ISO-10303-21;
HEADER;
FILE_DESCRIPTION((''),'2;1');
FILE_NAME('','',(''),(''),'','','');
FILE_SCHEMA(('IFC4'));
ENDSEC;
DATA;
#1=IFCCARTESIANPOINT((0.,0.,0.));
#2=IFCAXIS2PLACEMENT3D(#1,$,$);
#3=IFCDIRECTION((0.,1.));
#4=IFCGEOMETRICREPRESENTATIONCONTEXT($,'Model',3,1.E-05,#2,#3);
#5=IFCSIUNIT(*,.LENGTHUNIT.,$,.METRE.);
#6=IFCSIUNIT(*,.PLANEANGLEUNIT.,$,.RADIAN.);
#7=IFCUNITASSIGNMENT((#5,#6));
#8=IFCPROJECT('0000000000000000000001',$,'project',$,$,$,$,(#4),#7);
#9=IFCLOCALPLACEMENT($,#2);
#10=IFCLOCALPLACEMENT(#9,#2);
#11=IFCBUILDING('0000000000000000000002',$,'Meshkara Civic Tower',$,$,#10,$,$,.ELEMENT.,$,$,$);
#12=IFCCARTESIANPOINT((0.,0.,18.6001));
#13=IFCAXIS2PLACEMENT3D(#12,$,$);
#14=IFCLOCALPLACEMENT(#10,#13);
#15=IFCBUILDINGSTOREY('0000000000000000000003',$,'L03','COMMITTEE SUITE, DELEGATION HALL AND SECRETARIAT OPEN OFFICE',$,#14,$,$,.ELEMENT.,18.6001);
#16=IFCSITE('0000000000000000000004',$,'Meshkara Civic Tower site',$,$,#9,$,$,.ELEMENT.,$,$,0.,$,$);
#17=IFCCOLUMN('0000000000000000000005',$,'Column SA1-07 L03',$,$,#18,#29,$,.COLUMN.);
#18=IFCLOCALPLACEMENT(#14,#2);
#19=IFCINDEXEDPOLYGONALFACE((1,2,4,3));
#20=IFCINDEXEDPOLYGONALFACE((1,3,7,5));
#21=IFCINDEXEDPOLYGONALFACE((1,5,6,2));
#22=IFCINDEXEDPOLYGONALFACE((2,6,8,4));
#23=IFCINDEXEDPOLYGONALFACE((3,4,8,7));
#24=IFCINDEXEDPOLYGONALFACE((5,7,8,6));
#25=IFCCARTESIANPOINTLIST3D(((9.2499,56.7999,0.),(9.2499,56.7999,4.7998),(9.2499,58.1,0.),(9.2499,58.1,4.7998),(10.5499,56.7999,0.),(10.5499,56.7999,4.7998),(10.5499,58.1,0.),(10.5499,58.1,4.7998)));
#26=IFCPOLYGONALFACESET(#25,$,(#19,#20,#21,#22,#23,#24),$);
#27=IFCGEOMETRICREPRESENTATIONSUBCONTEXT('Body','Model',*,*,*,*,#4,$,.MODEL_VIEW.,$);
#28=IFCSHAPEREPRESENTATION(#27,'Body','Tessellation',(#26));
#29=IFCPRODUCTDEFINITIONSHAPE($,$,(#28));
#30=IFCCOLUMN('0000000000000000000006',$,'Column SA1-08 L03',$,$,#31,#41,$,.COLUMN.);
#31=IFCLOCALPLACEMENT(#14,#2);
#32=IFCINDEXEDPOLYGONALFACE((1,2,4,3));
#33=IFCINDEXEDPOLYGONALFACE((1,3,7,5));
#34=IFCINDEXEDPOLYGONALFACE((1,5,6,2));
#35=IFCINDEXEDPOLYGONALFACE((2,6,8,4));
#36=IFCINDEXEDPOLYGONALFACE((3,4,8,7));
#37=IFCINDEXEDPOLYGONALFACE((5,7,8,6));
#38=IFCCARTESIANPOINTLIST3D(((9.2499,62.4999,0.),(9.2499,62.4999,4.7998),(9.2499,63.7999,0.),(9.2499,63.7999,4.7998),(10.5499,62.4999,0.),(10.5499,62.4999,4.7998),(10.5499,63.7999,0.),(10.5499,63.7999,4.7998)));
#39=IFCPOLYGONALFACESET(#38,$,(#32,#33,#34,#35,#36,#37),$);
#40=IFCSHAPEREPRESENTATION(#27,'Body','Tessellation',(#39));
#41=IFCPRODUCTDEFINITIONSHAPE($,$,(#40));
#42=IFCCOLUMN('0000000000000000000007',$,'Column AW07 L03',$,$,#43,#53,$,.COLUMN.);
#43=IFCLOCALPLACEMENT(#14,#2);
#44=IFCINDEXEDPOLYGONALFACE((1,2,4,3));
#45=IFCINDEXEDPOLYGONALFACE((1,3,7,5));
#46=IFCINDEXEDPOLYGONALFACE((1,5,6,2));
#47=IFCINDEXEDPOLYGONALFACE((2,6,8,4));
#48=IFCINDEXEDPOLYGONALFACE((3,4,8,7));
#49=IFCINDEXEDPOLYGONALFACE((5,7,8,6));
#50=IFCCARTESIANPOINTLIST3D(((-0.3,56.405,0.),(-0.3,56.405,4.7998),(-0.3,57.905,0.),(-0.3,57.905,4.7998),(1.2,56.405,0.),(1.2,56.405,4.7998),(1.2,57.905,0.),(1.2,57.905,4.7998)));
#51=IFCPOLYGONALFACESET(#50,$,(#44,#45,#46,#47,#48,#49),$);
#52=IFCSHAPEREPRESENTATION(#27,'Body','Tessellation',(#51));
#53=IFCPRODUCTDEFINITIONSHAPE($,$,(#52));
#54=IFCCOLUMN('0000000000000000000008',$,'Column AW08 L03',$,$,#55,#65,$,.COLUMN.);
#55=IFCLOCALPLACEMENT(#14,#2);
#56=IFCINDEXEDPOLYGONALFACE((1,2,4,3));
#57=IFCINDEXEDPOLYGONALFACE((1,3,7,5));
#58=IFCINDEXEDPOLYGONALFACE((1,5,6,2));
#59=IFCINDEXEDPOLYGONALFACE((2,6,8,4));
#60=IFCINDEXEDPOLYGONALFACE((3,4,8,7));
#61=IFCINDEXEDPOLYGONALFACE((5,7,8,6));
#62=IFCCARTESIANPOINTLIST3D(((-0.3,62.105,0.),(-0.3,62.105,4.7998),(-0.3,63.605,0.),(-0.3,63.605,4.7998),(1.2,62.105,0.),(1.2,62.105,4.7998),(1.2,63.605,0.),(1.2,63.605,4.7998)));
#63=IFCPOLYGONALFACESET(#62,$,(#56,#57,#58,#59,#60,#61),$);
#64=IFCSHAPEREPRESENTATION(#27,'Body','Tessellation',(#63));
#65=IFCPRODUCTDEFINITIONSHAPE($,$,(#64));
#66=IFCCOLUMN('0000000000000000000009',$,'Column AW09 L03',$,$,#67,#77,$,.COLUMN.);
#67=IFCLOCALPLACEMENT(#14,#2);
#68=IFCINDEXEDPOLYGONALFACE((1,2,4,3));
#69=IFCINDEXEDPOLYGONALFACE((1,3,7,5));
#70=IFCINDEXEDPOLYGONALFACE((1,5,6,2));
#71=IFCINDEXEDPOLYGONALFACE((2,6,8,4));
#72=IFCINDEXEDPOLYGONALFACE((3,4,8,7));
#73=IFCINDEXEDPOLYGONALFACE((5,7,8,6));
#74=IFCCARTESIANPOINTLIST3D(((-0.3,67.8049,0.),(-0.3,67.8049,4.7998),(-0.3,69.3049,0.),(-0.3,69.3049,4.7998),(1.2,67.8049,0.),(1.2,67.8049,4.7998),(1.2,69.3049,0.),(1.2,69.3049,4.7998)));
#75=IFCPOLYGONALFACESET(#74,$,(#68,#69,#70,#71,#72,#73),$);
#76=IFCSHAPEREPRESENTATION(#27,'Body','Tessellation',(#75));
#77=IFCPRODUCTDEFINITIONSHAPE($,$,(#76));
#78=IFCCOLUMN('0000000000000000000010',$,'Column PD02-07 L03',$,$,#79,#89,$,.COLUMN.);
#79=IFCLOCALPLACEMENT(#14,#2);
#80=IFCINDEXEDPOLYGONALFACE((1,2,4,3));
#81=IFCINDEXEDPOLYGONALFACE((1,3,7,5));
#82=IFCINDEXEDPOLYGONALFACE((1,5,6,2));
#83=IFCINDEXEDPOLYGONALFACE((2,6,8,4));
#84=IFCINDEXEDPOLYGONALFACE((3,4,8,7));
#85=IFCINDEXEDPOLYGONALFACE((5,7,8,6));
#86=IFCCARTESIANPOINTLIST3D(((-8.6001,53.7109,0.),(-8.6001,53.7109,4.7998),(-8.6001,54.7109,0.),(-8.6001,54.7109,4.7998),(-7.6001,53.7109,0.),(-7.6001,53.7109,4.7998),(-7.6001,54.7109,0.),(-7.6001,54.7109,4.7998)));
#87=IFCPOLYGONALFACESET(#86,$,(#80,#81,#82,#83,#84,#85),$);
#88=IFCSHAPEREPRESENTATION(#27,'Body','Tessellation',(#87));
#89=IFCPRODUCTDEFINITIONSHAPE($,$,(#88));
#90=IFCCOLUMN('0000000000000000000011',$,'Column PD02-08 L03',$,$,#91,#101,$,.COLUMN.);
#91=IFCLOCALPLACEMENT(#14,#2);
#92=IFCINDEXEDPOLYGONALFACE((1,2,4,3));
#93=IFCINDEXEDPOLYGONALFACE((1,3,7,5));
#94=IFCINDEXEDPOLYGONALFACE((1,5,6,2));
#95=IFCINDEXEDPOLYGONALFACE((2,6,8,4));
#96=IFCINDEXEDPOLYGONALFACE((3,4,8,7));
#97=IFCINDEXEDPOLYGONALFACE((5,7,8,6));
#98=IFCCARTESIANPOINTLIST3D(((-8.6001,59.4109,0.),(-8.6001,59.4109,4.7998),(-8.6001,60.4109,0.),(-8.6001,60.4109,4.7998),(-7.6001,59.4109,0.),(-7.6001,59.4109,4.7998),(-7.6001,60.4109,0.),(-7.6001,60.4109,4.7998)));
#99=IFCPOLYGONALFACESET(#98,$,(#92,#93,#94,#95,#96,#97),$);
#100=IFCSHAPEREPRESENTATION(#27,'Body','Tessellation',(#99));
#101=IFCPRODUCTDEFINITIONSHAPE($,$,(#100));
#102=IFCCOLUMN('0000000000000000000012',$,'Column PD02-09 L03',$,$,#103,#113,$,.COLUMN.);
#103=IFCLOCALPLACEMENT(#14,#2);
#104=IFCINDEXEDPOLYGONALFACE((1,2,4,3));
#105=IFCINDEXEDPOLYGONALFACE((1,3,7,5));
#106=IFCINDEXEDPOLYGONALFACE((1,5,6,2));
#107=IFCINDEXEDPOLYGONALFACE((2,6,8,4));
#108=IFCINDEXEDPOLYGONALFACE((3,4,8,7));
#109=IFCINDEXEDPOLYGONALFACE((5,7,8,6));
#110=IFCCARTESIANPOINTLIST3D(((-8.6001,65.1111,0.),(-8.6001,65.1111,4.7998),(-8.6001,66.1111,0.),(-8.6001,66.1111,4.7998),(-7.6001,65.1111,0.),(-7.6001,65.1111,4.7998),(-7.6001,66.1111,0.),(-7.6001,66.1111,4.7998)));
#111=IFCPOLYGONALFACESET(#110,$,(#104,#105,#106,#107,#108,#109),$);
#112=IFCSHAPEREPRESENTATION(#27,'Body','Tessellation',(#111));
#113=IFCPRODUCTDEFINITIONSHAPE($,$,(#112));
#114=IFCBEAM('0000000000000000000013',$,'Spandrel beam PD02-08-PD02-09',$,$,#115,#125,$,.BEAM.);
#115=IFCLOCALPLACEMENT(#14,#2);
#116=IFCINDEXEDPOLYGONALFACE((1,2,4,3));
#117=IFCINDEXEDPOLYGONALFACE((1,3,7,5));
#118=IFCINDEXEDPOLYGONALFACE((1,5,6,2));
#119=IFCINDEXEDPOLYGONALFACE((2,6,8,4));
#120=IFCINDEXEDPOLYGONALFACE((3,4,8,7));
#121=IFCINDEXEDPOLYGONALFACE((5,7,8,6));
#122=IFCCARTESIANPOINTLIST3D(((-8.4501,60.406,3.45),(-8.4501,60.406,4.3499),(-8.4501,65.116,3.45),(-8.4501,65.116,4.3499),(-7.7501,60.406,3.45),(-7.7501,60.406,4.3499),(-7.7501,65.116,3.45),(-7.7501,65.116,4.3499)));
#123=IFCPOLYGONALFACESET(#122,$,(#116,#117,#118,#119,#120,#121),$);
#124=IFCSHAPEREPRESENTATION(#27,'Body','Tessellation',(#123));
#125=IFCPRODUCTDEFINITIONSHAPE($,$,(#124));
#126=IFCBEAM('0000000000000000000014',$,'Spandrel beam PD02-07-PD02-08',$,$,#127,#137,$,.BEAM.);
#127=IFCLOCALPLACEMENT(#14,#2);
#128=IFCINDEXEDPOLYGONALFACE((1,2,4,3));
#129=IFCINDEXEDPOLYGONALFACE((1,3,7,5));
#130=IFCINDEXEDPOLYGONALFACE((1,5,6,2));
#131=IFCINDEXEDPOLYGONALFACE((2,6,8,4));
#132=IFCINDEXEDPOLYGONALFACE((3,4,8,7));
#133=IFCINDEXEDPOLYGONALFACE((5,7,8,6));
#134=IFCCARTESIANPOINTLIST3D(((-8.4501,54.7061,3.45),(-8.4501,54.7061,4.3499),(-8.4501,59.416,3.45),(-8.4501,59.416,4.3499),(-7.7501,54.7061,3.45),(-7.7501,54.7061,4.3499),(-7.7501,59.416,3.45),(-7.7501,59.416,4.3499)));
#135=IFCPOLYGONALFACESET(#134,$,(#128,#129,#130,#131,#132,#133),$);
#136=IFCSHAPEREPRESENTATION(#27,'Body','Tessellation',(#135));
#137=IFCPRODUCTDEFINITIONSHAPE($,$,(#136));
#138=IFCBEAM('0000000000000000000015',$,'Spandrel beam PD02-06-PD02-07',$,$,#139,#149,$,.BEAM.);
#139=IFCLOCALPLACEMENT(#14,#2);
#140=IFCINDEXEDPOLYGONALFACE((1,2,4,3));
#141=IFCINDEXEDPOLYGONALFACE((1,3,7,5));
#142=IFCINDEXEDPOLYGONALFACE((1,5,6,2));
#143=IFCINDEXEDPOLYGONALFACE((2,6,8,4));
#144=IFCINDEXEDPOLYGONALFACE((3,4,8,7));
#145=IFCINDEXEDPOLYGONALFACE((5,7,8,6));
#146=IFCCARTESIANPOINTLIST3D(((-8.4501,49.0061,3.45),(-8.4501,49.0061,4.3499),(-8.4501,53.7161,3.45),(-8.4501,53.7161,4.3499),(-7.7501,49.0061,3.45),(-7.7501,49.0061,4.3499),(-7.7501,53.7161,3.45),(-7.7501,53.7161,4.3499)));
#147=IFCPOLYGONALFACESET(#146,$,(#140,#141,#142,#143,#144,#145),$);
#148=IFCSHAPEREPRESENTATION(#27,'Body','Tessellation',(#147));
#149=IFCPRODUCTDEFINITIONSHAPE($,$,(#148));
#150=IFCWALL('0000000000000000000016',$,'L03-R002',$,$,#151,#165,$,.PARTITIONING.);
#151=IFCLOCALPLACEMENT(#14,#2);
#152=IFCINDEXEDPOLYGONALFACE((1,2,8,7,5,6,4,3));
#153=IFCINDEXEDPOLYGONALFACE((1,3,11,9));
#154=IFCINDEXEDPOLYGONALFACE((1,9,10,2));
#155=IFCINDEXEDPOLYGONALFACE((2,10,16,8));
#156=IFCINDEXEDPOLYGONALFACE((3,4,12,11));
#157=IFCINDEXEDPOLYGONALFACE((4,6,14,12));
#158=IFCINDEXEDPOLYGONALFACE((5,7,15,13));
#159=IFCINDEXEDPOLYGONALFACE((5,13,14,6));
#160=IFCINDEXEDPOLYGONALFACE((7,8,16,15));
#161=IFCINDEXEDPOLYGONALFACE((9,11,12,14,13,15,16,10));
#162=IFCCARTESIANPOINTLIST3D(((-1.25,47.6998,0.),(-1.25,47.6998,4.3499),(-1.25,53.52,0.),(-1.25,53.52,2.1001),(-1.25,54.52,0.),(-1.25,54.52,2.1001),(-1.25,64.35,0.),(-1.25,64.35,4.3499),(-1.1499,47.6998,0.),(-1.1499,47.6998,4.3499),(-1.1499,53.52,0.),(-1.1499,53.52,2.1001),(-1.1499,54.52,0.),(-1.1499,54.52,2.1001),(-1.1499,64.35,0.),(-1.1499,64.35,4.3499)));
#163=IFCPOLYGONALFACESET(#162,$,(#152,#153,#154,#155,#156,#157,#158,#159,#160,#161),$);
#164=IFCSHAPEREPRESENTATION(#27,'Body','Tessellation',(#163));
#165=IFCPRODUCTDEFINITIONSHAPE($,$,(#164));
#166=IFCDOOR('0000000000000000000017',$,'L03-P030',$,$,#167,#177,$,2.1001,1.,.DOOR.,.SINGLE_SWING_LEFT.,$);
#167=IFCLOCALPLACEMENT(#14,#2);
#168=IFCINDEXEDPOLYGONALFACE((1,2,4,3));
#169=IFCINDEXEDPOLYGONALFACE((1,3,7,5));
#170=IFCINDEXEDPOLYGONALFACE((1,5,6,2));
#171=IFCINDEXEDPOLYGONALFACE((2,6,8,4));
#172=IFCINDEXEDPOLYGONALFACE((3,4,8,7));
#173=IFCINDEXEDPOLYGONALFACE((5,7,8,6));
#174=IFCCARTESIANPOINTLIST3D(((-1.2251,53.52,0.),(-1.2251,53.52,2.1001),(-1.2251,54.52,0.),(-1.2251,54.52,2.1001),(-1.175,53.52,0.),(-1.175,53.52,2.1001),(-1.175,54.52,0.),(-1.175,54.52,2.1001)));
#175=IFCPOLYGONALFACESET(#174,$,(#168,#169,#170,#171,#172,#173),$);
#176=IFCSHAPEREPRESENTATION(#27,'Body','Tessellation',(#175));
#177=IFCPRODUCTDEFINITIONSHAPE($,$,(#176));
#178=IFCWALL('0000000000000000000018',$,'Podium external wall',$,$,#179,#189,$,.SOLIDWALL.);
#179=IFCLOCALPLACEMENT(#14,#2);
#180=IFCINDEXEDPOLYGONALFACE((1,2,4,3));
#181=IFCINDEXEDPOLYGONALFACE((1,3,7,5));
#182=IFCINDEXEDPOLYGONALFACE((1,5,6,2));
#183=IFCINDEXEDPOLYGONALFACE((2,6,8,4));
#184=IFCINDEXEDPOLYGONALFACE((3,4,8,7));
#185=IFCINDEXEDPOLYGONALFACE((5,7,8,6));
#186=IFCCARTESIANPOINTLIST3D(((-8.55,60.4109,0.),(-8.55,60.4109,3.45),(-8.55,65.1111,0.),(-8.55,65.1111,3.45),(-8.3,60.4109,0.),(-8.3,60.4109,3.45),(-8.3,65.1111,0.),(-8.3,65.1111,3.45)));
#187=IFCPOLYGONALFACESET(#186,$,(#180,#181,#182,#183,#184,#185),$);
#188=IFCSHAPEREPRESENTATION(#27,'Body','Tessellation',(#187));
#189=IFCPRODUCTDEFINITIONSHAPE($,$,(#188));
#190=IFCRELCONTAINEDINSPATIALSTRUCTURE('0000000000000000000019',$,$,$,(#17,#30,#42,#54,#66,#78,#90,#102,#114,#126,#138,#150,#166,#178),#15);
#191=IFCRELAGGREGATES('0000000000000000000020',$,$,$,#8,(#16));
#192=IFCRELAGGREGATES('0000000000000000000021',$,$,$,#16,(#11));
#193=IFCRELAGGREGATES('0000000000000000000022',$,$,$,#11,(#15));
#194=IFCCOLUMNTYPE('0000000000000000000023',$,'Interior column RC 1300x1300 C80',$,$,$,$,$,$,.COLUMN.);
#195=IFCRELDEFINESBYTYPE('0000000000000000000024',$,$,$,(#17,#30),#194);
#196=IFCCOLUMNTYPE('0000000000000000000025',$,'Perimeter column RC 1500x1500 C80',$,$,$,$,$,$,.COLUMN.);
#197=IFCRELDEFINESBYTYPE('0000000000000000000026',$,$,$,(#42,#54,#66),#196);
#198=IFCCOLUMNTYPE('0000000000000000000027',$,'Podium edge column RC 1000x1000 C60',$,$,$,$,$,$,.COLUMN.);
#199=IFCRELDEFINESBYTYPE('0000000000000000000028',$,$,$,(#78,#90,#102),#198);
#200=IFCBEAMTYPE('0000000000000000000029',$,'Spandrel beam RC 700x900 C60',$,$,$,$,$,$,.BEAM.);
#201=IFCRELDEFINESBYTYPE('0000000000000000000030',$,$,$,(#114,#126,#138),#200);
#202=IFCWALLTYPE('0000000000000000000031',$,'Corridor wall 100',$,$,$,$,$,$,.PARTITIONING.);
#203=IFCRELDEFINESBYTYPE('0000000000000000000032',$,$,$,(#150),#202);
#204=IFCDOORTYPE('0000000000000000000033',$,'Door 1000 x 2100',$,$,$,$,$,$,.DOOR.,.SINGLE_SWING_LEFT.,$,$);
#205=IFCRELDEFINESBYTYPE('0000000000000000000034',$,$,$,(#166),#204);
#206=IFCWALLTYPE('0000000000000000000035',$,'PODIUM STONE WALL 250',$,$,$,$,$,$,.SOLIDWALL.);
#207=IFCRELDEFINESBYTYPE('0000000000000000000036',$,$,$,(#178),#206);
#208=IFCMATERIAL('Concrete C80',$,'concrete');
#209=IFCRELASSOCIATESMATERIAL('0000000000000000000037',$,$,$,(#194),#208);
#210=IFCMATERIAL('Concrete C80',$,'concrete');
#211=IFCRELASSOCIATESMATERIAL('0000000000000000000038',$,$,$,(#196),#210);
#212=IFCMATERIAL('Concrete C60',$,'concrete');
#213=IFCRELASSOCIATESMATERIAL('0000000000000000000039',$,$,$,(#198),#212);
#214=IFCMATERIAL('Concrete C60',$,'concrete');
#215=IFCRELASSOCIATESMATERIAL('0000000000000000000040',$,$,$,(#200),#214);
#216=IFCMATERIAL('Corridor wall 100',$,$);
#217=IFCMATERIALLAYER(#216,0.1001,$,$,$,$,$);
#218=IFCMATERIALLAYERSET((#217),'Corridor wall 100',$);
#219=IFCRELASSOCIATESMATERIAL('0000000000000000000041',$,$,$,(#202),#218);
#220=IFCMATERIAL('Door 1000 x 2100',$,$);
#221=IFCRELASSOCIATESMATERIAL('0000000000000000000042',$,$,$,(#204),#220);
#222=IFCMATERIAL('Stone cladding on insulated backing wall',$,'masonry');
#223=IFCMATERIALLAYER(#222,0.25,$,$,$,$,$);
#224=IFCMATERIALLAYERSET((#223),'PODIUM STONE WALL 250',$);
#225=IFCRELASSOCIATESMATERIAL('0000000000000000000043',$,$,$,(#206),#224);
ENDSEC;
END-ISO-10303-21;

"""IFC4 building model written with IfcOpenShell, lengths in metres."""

from ifc_helpers import new_model, si_unit, direction, frame, frame_2d, origin, origin_2d, place, context, subcontext, project, spatial, rectangle, extrude, material, layer, layer_set, material_profile, profile_set, type_object, element, fill, save


model = new_model("IFC4")

# Units and contexts
model_context = context("Model", 3, precision=1e-05, world=origin(), true_north=direction((0.0, 1.0)))
body_context = subcontext(model_context, "Body", "Model", "MODEL_VIEW")
ifc_project = project(units=[si_unit("LENGTHUNIT", "METRE"), si_unit("PLANEANGLEUNIT", "RADIAN")], contexts=[model_context])

# Site, building, storey
site_placement = place(None, origin())
site = spatial("IfcSite", under=ifc_project, at=site_placement, Name="Meshkara Civic Tower site", CompositionType="ELEMENT", RefElevation=0.0)
building_placement = place(site_placement, origin())
building = spatial("IfcBuilding", under=site, at=building_placement, Name="Meshkara Civic Tower", CompositionType="ELEMENT")
storey_placement = place(building_placement, frame((0.0, 0.0, 18.6001)))
storey = spatial("IfcBuildingStorey", under=building, at=storey_placement, Name="L03", Description="COMMITTEE SUITE, DELEGATION HALL AND SECRETARIAT OPEN OFFICE", CompositionType="ELEMENT", Elevation=18.6001)

# Columns
ifc_material_1 = material(Name="Concrete C80", Category="concrete")
ifc_material_profile_1 = material_profile(ifc_material_1, rectangle(XDim=1.3, YDim=1.3, at=origin_2d()))
ifc_profile_set_1 = profile_set([ifc_material_profile_1], Name="Concrete C80")
column_type_1 = type_object("IfcColumnType", Name="Interior column RC 1300x1300 C80", PredefinedType="COLUMN", material=ifc_profile_set_1)
for number, where, z_axis, x_axis, name in (
    (1, (9.8999, 57.45, 0.0), (0.0, 0.0, 1.0), (1.0, 0.0, 0.0), "Column SA1-07 L03"),
    (2, (9.8999, 63.1499, 0.0), (0.0, 0.0, 1.0), (1.0, 0.0, 0.0), "Column SA1-08 L03"),
):
    element("IfcColumn", number, at=place(storey_placement, frame(where, z_axis=z_axis, x_axis=x_axis)), inside=storey, type_object=column_type_1, Name=name, PredefinedType="COLUMN", context=body_context, shape_type="SweptSolid", body=[
        extrude(rectangle(XDim=1.3, YDim=1.3, at=origin_2d()), origin(), (0.0, 0.0, 1.0), 4.7998),
    ])
ifc_material_2 = material(Name="Concrete C80", Category="concrete")
ifc_material_profile_2 = material_profile(ifc_material_2, rectangle(XDim=1.5, YDim=1.5, at=origin_2d()))
ifc_profile_set_2 = profile_set([ifc_material_profile_2], Name="Concrete C80")
column_type_2 = type_object("IfcColumnType", Name="Perimeter column RC 1500x1500 C80", PredefinedType="COLUMN", material=ifc_profile_set_2)
for number, where, z_axis, x_axis, name in (
    (3, (0.45, 57.155, 0.0), (0.0, 0.0, 1.0), (1.0, 0.0, 0.0), "Column AW07 L03"),
    (4, (0.45, 62.855, 0.0), (0.0, 0.0, 1.0), (1.0, 0.0, 0.0), "Column AW08 L03"),
    (5, (0.45, 68.5549, 0.0), (0.0, 0.0, 1.0), (1.0, 0.0, 0.0), "Column AW09 L03"),
):
    element("IfcColumn", number, at=place(storey_placement, frame(where, z_axis=z_axis, x_axis=x_axis)), inside=storey, type_object=column_type_2, Name=name, PredefinedType="COLUMN", context=body_context, shape_type="SweptSolid", body=[
        extrude(rectangle(XDim=1.5, YDim=1.5, at=origin_2d()), origin(), (0.0, 0.0, 1.0), 4.7998),
    ])
ifc_material_3 = material(Name="Concrete C60", Category="concrete")
ifc_material_profile_3 = material_profile(ifc_material_3, rectangle(XDim=1.0, YDim=1.0, at=origin_2d()))
ifc_profile_set_3 = profile_set([ifc_material_profile_3], Name="Concrete C60")
column_type_3 = type_object("IfcColumnType", Name="Podium edge column RC 1000x1000 C60", PredefinedType="COLUMN", material=ifc_profile_set_3)
for number, where, z_axis, x_axis, name in (
    (6, (-8.1001, 54.2109, 0.0), (0.0, 0.0, 1.0), (1.0, 0.0, 0.0), "Column PD02-07 L03"),
    (7, (-8.1001, 59.9109, 0.0), (0.0, 0.0, 1.0), (1.0, 0.0, 0.0), "Column PD02-08 L03"),
    (8, (-8.1001, 65.6111, 0.0), (0.0, 0.0, 1.0), (1.0, 0.0, 0.0), "Column PD02-09 L03"),
):
    element("IfcColumn", number, at=place(storey_placement, frame(where, z_axis=z_axis, x_axis=x_axis)), inside=storey, type_object=column_type_3, Name=name, PredefinedType="COLUMN", context=body_context, shape_type="SweptSolid", body=[
        extrude(rectangle(XDim=1.0, YDim=1.0, at=origin_2d()), origin(), (0.0, 0.0, 1.0), 4.7998),
    ])

# Beams
ifc_material_4 = material(Name="Concrete C60", Category="concrete")
ifc_material_profile_4 = material_profile(ifc_material_4, rectangle(XDim=0.7, YDim=0.8999, at=origin_2d()))
ifc_profile_set_4 = profile_set([ifc_material_profile_4], Name="Concrete C60")
beam_type = type_object("IfcBeamType", Name="Spandrel beam RC 700x900 C60", PredefinedType="BEAM", material=ifc_profile_set_4)
for number, where, z_axis, x_axis, name in (
    (9, (-8.1001, 65.116, 3.8999), (0.0, -1.0, 0.0), (1.0, 0.0, 0.0), "Spandrel beam PD02-08-PD02-09"),
    (10, (-8.1001, 59.416, 3.8999), (0.0, -1.0, 0.0), (1.0, 0.0, 0.0), "Spandrel beam PD02-07-PD02-08"),
    (11, (-8.1001, 53.7161, 3.8999), (0.0, -1.0, 0.0), (1.0, 0.0, 0.0), "Spandrel beam PD02-06-PD02-07"),
):
    element("IfcBeam", number, at=place(storey_placement, frame(where, z_axis=z_axis, x_axis=x_axis)), inside=storey, type_object=beam_type, Name=name, PredefinedType="BEAM", context=body_context, shape_type="SweptSolid", body=[
        extrude(rectangle(XDim=0.7, YDim=0.8999, at=origin_2d()), origin(), (0.0, 0.0, 1.0), 4.71),
    ])

# Wall, opening, door
ifc_material_5 = material(Name="Corridor wall 100")
ifc_layer_1 = layer(ifc_material_5, 0.1001)
ifc_layer_set_1 = layer_set([ifc_layer_1], Name="Corridor wall 100")
wall_type_1 = type_object("IfcWallType", Name="Corridor wall 100", PredefinedType="PARTITIONING", material=ifc_layer_set_1)
wall_1_placement = place(storey_placement, frame((-1.2, 64.3501, 0.0), z_axis=(0.0, 0.0, 1.0), x_axis=(0.0, -1.0, 0.0)))
wall_1 = element("IfcWall", 12, at=wall_1_placement, inside=storey, type_object=wall_type_1, Name="L03-R002", PredefinedType="PARTITIONING", context=body_context, shape_type="SweptSolid", body=[
    extrude(rectangle(XDim=16.6501, YDim=0.1001, at=frame_2d((8.3252, 0.0))), origin(), (0.0, 0.0, 1.0), 4.3499),
])
opening_1_placement = place(wall_1_placement, frame((9.8301, 0.0, 0.0)))
opening_1 = element("IfcOpeningElement", 13, at=opening_1_placement, cuts=wall_1, PredefinedType="OPENING", context=body_context, shape_type="SweptSolid", body=[
    extrude(rectangle(XDim=1.0, YDim=2.1001, at=frame_2d((0.5, 1.05))), frame((0.0, 0.0601, 0.0), z_axis=(0.0, -1.0, 0.0), x_axis=(1.0, 0.0, 0.0)), (0.0, 0.0, 1.0), 0.1201),
])
ifc_material_6 = material(Name="Door 1000 x 2100")
door_type = type_object("IfcDoorType", Name="Door 1000 x 2100", OperationType="SINGLE_SWING_LEFT", PredefinedType="DOOR", material=ifc_material_6)
door_placement = place(opening_1_placement, origin())
door = element("IfcDoor", 14, at=door_placement, inside=storey, type_object=door_type, Name="L03-P030", OperationType="SINGLE_SWING_LEFT", OverallHeight=2.1001, OverallWidth=1.0, PredefinedType="DOOR", context=body_context, shape_type="SweptSolid", body=[
    extrude(rectangle(XDim=1.0, YDim=2.1001, at=frame_2d((0.5, 1.05))), frame((0.0, 0.0249, 0.0), z_axis=(0.0, -1.0, 0.0), x_axis=(1.0, 0.0, 0.0)), (0.0, 0.0, 1.0), 0.05),
])
fill(opening_1, door)

# Wall
ifc_material_7 = material(Name="Stone cladding on insulated backing wall", Category="masonry")
ifc_layer_2 = layer(ifc_material_7, 0.25)
ifc_layer_set_2 = layer_set([ifc_layer_2], Name="PODIUM STONE WALL 250")
wall_type_2 = type_object("IfcWallType", Name="PODIUM STONE WALL 250", PredefinedType="SOLIDWALL", material=ifc_layer_set_2)
wall_2_placement = place(storey_placement, frame((-8.425, 65.1111, 0.0), z_axis=(0.0, 0.0, 1.0), x_axis=(0.0, -1.0, 0.0)))
element("IfcWall", 15, at=wall_2_placement, inside=storey, type_object=wall_type_2, Name="Podium external wall", PredefinedType="SOLIDWALL", context=body_context, shape_type="SweptSolid", body=[
    extrude(rectangle(XDim=4.7002, YDim=0.25, at=frame_2d((2.3501, 0.0))), origin(), (0.0, 0.0, 1.0), 3.45),
])

save(model, "model.ifc")
